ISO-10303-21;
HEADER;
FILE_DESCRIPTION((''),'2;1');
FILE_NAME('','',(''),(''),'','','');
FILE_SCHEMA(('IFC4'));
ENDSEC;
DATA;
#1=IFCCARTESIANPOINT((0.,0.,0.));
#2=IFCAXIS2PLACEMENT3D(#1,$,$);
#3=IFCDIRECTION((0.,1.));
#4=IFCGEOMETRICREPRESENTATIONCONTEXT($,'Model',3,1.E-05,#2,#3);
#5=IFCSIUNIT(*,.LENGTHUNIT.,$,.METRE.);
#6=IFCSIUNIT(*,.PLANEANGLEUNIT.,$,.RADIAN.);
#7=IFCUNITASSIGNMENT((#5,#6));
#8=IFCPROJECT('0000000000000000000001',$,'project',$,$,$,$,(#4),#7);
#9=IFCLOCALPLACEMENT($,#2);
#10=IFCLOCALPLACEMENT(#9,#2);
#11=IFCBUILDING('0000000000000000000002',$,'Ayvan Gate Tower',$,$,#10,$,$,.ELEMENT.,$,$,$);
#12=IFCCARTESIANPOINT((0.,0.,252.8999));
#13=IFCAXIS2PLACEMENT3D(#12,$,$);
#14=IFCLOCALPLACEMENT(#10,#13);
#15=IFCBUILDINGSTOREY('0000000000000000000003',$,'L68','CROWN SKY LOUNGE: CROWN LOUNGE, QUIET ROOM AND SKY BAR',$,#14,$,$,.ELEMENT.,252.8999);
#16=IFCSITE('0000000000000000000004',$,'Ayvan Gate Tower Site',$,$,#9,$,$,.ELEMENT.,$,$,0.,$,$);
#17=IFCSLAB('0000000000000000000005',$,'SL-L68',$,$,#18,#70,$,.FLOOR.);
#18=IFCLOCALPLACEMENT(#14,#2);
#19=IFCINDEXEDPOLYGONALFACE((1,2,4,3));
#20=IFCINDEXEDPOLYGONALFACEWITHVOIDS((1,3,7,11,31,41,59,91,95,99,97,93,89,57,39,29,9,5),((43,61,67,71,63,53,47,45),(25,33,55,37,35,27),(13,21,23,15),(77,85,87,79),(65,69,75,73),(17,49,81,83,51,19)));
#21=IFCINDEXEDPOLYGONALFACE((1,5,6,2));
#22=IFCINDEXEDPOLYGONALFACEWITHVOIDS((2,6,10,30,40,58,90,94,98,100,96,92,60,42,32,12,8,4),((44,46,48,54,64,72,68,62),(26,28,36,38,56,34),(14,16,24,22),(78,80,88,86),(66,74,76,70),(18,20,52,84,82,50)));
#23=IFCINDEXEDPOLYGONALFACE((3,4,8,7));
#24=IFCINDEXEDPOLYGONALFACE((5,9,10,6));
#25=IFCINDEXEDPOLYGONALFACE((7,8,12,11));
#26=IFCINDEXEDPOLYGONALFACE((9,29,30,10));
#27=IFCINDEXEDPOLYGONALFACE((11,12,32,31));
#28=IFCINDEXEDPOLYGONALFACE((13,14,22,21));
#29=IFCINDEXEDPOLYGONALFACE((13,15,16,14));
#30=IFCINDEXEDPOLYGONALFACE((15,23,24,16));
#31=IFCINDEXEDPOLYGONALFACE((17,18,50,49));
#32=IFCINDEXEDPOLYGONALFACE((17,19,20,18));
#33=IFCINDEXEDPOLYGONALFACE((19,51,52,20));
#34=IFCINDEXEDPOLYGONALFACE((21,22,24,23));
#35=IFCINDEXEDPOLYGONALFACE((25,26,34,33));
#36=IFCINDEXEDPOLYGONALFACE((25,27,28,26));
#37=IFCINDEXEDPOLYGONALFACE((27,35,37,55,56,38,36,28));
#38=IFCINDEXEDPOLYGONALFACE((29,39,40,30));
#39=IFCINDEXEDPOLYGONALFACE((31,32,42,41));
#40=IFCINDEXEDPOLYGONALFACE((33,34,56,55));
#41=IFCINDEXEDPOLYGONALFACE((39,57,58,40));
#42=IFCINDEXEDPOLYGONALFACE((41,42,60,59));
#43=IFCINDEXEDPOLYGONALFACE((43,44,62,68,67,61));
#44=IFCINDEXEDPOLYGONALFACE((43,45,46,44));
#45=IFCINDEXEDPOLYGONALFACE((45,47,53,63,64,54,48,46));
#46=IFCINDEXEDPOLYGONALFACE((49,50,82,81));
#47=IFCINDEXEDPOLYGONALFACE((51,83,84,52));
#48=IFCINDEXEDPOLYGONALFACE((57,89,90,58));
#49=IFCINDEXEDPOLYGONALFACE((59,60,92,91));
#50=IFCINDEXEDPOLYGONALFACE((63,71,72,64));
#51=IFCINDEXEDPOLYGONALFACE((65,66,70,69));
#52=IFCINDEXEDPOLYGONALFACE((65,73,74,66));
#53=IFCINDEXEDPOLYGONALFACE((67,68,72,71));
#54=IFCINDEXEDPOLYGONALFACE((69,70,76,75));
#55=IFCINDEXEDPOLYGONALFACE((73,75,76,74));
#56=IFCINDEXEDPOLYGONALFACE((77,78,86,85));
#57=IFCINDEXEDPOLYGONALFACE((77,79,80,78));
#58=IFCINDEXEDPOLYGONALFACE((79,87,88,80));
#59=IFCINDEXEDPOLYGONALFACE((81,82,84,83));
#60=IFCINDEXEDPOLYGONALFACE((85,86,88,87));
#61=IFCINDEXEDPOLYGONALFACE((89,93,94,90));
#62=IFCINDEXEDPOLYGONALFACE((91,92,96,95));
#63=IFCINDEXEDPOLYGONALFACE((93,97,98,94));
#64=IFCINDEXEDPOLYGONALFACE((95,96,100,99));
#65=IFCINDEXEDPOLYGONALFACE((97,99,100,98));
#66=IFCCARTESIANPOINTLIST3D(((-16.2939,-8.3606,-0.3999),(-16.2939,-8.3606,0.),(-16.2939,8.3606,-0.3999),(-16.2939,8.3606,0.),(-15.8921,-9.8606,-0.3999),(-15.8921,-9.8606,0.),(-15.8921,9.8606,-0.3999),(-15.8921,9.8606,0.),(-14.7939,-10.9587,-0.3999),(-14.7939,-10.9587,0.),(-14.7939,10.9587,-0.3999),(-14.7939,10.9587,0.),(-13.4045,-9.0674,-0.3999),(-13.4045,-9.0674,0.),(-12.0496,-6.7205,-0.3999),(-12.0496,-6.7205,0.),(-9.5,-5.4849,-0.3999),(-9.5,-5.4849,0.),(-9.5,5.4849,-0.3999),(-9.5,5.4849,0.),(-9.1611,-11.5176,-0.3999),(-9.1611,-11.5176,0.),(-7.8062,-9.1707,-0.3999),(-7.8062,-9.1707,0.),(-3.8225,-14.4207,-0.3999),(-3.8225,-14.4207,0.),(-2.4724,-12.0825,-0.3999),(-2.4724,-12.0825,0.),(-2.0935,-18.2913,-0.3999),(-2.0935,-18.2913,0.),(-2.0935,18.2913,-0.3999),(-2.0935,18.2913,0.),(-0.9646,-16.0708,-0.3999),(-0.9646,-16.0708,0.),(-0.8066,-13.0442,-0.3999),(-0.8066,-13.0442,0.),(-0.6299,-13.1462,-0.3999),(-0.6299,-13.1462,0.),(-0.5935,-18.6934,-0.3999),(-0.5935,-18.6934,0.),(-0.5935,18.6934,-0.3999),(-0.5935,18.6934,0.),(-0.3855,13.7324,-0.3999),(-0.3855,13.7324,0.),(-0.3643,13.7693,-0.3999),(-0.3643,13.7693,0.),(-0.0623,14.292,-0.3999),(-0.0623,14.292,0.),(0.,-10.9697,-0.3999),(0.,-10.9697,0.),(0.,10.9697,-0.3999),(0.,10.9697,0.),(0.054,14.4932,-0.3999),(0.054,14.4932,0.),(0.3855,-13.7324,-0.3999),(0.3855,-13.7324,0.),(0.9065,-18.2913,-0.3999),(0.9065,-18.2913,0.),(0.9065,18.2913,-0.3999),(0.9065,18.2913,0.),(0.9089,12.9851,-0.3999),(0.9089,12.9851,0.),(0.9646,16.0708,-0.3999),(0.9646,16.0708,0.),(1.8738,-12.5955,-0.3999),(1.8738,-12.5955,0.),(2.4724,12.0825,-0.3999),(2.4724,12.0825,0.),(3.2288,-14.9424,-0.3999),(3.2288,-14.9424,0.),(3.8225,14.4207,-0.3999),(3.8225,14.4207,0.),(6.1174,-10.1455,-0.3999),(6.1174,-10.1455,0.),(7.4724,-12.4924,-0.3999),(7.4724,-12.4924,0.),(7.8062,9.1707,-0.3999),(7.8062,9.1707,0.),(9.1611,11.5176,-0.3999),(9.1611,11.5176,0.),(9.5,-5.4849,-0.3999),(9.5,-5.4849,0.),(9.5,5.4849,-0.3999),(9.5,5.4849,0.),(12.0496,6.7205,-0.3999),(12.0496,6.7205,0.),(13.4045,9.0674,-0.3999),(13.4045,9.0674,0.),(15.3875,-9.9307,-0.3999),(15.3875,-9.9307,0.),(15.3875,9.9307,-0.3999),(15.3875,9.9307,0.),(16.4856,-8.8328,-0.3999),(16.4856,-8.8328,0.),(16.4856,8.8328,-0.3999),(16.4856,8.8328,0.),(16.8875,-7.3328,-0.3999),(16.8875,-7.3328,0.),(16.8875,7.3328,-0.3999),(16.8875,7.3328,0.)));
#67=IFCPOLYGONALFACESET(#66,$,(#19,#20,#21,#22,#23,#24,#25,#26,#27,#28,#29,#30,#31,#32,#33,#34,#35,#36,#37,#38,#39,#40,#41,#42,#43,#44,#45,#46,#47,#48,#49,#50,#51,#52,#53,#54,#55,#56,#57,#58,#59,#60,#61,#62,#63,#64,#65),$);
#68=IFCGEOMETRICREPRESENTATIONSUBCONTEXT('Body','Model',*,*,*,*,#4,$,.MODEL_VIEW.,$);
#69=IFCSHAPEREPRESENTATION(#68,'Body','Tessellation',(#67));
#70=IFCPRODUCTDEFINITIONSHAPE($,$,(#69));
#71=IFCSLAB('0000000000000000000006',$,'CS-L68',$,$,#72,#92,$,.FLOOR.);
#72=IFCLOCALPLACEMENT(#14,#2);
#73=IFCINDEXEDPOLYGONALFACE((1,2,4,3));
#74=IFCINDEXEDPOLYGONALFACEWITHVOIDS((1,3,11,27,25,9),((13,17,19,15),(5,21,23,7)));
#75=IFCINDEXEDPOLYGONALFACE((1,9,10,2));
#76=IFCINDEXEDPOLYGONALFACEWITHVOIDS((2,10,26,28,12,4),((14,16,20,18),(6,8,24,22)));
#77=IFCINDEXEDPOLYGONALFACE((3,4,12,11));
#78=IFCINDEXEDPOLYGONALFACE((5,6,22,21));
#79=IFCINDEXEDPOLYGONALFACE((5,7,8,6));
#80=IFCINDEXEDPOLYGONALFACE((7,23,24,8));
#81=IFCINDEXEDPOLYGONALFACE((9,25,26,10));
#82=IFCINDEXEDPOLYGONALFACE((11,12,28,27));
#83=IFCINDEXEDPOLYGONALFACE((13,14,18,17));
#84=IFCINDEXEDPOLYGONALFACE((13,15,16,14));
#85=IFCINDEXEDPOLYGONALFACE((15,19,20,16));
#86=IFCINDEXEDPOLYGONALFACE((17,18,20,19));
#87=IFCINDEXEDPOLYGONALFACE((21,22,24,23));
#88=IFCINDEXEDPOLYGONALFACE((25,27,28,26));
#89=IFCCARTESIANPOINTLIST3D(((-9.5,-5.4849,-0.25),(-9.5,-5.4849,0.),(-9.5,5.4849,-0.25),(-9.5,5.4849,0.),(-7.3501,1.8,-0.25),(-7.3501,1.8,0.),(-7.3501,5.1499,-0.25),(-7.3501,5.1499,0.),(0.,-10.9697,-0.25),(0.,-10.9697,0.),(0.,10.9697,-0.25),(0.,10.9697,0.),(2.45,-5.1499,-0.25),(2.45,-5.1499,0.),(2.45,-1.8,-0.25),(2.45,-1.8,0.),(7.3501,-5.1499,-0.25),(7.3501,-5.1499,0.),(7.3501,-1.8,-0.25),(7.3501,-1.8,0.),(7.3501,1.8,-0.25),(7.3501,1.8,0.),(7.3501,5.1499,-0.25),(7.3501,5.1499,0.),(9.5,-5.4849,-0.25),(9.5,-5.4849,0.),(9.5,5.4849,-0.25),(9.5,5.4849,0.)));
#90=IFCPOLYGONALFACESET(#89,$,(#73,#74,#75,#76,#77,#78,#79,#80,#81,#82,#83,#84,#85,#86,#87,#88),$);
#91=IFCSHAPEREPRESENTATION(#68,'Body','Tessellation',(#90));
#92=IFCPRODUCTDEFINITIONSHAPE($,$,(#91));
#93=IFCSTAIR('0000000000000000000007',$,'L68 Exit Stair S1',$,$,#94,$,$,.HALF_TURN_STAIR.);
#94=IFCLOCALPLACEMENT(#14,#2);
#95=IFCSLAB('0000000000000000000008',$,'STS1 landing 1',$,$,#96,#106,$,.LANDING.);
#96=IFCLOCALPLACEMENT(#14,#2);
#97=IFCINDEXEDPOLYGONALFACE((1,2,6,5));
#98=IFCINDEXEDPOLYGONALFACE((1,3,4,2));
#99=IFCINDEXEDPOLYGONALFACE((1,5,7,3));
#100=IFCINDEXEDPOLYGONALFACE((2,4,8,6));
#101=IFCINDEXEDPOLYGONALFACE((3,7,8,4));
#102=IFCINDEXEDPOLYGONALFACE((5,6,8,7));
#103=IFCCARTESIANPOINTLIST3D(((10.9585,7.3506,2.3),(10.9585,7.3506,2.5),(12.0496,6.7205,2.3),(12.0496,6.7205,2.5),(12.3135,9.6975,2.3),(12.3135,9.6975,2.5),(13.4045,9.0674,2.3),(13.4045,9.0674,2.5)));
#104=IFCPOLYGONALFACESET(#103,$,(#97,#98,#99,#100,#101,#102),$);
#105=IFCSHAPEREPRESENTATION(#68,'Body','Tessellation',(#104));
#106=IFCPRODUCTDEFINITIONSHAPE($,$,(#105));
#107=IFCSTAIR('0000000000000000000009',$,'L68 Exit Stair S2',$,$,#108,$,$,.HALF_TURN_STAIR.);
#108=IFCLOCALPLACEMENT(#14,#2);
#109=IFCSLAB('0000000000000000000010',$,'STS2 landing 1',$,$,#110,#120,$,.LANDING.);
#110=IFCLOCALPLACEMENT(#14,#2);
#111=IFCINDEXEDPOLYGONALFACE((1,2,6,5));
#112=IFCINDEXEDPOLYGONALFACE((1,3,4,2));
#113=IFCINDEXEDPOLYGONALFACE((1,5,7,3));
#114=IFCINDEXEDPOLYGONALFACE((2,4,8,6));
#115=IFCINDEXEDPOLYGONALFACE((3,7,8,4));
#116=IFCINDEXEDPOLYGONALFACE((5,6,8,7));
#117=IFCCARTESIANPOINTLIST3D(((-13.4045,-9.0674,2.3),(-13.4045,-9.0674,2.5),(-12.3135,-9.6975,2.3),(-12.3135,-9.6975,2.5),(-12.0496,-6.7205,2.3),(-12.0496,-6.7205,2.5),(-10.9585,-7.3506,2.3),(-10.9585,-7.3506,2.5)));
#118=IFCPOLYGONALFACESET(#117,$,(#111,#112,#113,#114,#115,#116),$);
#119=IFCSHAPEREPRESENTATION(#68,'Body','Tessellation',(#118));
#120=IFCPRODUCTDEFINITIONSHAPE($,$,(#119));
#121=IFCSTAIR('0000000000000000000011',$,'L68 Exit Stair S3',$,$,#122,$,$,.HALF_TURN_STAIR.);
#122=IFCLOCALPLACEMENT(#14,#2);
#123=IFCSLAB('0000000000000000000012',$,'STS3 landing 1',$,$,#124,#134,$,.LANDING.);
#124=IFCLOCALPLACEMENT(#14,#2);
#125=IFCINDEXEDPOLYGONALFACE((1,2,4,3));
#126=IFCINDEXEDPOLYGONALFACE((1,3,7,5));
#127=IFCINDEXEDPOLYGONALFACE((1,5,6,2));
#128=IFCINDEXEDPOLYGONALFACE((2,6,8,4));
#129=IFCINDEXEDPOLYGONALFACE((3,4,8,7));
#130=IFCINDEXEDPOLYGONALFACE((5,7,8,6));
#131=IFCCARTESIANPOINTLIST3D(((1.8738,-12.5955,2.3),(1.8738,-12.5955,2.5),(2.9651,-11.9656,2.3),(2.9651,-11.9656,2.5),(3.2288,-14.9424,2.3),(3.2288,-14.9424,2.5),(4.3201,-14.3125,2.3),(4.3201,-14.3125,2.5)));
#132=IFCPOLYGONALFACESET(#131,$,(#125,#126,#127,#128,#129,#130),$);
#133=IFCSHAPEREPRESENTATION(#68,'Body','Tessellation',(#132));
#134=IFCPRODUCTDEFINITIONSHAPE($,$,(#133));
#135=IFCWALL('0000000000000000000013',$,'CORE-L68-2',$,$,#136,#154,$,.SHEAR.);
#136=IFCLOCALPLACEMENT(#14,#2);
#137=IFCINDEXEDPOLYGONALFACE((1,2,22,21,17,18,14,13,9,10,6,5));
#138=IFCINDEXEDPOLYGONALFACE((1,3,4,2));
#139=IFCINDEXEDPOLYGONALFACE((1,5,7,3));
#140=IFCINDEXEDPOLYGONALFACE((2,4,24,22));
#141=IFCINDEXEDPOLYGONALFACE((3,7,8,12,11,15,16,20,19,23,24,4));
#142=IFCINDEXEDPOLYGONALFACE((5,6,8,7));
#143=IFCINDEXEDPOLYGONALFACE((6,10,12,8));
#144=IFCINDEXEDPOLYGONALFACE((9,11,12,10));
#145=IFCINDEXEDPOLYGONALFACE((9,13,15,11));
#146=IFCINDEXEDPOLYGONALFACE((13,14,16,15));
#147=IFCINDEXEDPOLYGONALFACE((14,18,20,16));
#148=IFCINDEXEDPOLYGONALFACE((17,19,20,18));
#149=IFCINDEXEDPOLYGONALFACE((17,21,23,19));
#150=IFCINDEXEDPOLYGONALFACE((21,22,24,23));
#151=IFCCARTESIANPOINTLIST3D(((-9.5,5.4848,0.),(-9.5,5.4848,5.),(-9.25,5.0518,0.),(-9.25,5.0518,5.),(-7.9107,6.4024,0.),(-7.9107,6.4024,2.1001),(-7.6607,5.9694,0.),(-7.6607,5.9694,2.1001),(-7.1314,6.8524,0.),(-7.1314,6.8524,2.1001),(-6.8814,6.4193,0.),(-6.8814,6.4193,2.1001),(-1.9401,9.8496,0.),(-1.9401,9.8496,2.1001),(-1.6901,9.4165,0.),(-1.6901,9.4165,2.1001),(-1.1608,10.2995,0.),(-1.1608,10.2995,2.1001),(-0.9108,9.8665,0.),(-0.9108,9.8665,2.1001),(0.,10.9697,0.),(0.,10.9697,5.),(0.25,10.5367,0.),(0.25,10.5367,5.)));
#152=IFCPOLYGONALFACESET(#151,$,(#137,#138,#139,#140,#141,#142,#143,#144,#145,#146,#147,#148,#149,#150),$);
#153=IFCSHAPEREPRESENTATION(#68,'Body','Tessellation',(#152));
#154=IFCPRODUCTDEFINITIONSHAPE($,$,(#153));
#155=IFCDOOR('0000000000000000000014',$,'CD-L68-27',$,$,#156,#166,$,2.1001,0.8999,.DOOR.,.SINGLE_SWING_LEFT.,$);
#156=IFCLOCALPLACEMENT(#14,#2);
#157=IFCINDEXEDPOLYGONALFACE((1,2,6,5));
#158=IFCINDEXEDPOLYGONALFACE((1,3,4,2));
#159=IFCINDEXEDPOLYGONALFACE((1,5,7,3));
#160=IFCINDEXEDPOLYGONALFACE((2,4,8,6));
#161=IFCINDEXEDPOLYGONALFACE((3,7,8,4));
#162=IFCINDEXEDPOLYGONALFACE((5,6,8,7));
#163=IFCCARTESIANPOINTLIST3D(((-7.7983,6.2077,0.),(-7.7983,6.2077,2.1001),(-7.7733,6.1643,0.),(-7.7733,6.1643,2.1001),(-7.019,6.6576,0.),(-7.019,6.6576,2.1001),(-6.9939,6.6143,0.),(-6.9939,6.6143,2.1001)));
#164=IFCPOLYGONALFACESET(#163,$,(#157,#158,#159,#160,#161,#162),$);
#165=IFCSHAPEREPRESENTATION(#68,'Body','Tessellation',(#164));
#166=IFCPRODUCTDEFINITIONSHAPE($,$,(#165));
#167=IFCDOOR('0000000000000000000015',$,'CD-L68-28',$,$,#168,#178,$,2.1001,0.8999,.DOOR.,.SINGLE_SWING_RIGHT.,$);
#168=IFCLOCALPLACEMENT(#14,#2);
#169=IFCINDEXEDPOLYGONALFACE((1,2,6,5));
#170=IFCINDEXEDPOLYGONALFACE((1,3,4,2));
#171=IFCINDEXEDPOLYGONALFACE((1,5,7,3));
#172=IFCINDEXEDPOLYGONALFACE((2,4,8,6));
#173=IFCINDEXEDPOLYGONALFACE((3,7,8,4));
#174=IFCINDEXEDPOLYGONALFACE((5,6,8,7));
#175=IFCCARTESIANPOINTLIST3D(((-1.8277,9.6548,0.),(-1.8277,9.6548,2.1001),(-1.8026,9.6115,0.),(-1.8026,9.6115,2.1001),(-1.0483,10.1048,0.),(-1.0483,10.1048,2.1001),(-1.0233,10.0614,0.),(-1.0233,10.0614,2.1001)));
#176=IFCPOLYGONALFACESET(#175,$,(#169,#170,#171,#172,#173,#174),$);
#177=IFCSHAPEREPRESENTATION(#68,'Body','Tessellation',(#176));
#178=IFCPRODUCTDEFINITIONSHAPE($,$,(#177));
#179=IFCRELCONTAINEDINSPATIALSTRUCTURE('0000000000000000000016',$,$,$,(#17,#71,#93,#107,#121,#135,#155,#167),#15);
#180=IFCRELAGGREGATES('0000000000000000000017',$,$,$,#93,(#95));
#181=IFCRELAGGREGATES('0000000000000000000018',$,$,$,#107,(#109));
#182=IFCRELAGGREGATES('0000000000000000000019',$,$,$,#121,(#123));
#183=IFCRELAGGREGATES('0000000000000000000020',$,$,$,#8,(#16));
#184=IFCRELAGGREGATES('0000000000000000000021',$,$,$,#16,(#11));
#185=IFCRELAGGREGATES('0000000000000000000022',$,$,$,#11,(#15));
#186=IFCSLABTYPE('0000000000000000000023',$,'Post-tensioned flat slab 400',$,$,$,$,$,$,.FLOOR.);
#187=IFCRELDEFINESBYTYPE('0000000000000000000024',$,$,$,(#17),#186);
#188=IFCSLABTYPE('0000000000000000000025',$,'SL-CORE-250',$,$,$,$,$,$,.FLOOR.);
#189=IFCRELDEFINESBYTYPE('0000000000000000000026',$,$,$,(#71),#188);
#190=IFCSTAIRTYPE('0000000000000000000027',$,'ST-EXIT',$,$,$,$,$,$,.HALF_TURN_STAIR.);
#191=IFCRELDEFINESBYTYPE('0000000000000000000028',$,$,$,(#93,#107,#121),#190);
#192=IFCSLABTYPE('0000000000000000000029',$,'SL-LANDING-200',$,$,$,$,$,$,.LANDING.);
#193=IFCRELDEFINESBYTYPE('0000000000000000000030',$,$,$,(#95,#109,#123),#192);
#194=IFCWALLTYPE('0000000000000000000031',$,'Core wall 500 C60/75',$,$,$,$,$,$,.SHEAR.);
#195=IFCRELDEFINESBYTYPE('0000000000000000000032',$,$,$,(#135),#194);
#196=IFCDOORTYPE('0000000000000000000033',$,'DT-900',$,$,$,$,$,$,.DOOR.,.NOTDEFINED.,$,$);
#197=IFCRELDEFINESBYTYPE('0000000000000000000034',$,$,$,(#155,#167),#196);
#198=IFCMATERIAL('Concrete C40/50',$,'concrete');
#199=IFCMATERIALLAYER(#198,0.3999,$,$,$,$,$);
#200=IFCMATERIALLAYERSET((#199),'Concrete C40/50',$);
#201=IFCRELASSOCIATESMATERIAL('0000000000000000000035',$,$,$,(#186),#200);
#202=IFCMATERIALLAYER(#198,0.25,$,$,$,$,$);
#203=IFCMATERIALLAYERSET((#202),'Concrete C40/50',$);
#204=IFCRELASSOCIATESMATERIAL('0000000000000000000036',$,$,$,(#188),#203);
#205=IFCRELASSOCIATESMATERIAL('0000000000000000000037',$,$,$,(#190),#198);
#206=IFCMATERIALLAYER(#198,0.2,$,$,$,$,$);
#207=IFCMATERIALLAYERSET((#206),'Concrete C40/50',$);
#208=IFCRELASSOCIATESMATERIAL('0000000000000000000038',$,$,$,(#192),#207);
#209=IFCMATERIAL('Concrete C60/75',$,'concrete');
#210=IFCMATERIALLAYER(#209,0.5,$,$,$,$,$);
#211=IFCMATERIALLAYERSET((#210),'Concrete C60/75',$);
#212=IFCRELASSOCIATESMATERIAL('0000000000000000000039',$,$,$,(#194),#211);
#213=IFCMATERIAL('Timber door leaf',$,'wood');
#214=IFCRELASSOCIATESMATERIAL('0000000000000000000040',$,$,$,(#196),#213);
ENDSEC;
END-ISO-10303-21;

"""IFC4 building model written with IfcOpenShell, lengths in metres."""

from ifc_helpers import new_model, si_unit, direction, frame, frame_2d, origin, place, context, subcontext, project, spatial, polyline, rectangle, outline, extrude, material, layer, layer_set, type_object, element, fill, aggregate, save


model = new_model("IFC4")

# Units and contexts
model_context = context("Model", 3, precision=1e-05, world=origin(), true_north=direction((0.0, 1.0)))
body_context = subcontext(model_context, "Body", "Model", "MODEL_VIEW")
ifc_project = project(units=[si_unit("LENGTHUNIT", "METRE"), si_unit("PLANEANGLEUNIT", "RADIAN")], contexts=[model_context])

# Site, building, storey
site_placement = place(None, origin())
site = spatial("IfcSite", under=ifc_project, at=site_placement, Name="Ayvan Gate Tower Site", CompositionType="ELEMENT", RefElevation=0.0)
building_placement = place(site_placement, origin())
building = spatial("IfcBuilding", under=site, at=building_placement, Name="Ayvan Gate Tower", CompositionType="ELEMENT")
storey_placement = place(building_placement, frame((0.0, 0.0, 252.8999)))
storey = spatial("IfcBuildingStorey", under=building, at=storey_placement, Name="L68", Description="CROWN SKY LOUNGE: CROWN LOUNGE, QUIET ROOM AND SKY BAR", CompositionType="ELEMENT", Elevation=252.8999)

# Slabs
ifc_material_1 = material(Name="Concrete C40/50", Category="concrete")
ifc_layer_1 = layer(ifc_material_1, 0.3999)
ifc_layer_set_1 = layer_set([ifc_layer_1], Name="Concrete C40/50")
slab_type_1 = type_object("IfcSlabType", Name="Post-tensioned flat slab 400", PredefinedType="FLOOR", material=ifc_layer_set_1)
slab_1_placement = place(storey_placement, frame((0.0, 0.0, -0.3999)))
element("IfcSlab", 1, at=slab_1_placement, inside=storey, type_object=slab_type_1, Name="SL-L68", PredefinedType="FLOOR", context=body_context, shape_type="SweptSolid", body=[
    extrude(outline(polyline([(0.9065, -18.2913), (-0.5935, -18.6934), (-2.0935, -18.2913), (-14.7939, -10.9587), (-15.8921, -9.8606), (-16.2939, -8.3606), (-16.2939, 8.3606), (-15.8921, 9.8606), (-14.7939, 10.9587), (-2.0935, 18.2913), (-0.5935, 18.6934), (0.9065, 18.2913), (15.3875, 9.9307), (16.4856, 8.8328), (16.8875, 7.3328), (16.8875, -7.3328), (16.4856, -8.8328), (15.3875, -9.9307), (0.9065, -18.2913)]), holes=[polyline([(12.0496, 6.7205), (13.4045, 9.0674), (9.1611, 11.5176), (7.8062, 9.1707), (12.0496, 6.7205)]), polyline([(9.5, 5.4849), (0.0, 10.9697), (-9.5, 5.4849), (-9.5, -5.4849), (0.0, -10.9697), (9.5, -5.4849), (9.5, 5.4849)]), polyline([(1.8738, -12.5955), (3.2288, -14.9424), (7.4724, -12.4924), (6.1174, -10.1455), (1.8738, -12.5955)]), polyline([(0.9089, 12.9851), (2.4724, 12.0825), (3.8225, 14.4207), (0.9646, 16.0708), (0.054, 14.4932), (-0.0623, 14.292), (-0.3643, 13.7693), (-0.3855, 13.7324), (0.9089, 12.9851)]), polyline([(0.3855, -13.7324), (-0.6299, -13.1462), (-0.8066, -13.0442), (-2.4724, -12.0825), (-3.8225, -14.4207), (-0.9646, -16.0708), (0.3855, -13.7324)]), polyline([(-9.1611, -11.5176), (-7.8062, -9.1707), (-12.0496, -6.7205), (-13.4045, -9.0674), (-9.1611, -11.5176)])]), origin(), (0.0, 0.0, 1.0), 0.3999),
])
ifc_layer_2 = layer(ifc_material_1, 0.25)
ifc_layer_set_2 = layer_set([ifc_layer_2], Name="Concrete C40/50")
slab_type_2 = type_object("IfcSlabType", Name="SL-CORE-250", PredefinedType="FLOOR", material=ifc_layer_set_2)
slab_2_placement = place(storey_placement, frame((0.0, 0.0, -0.25)))
element("IfcSlab", 2, at=slab_2_placement, inside=storey, type_object=slab_type_2, Name="CS-L68", PredefinedType="FLOOR", context=body_context, shape_type="SweptSolid", body=[
    extrude(outline(polyline([(9.5, -5.4849), (0.0, -10.9697), (-9.5, -5.4849), (-9.5, 5.4849), (0.0, 10.9697), (9.5, 5.4849), (9.5, -5.4849)]), holes=[polyline([(-7.3501, 5.1499), (-7.3501, 1.8), (7.3501, 1.8), (7.3501, 5.1499), (-7.3501, 5.1499)]), polyline([(2.45, -1.8), (2.45, -5.1499), (7.3501, -5.1499), (7.3501, -1.8), (2.45, -1.8)])]), origin(), (0.0, 0.0, 1.0), 0.25),
])

# Stairs, slabs
stair_type = type_object("IfcStairType", Name="ST-EXIT", PredefinedType="HALF_TURN_STAIR", material=ifc_material_1)
stair_1_placement = place(storey_placement, origin())
stair_1 = element("IfcStair", 3, at=stair_1_placement, inside=storey, type_object=stair_type, Name="L68 Exit Stair S1", PredefinedType="HALF_TURN_STAIR")
ifc_layer_3 = layer(ifc_material_1, 0.2)
ifc_layer_set_3 = layer_set([ifc_layer_3], Name="Concrete C40/50")
slab_type_3 = type_object("IfcSlabType", Name="SL-LANDING-200", PredefinedType="LANDING", material=ifc_layer_set_3)
slab_3_placement = place(storey_placement, frame((0.0, 0.0, 2.3)))
slab_3 = element("IfcSlab", 4, at=slab_3_placement, type_object=slab_type_3, Name="STS1 landing 1", PredefinedType="LANDING", context=body_context, shape_type="SweptSolid", body=[
    extrude(outline(polyline([(10.9585, 7.3506), (12.0496, 6.7205), (13.4045, 9.0674), (12.3135, 9.6975), (10.9585, 7.3506)])), origin(), (0.0, 0.0, 1.0), 0.2),
])
aggregate(stair_1, [slab_3])
stair_2_placement = place(storey_placement, origin())
stair_2 = element("IfcStair", 5, at=stair_2_placement, inside=storey, type_object=stair_type, Name="L68 Exit Stair S2", PredefinedType="HALF_TURN_STAIR")
slab_4_placement = place(storey_placement, frame((0.0, 0.0, 2.3)))
slab_4 = element("IfcSlab", 6, at=slab_4_placement, type_object=slab_type_3, Name="STS2 landing 1", PredefinedType="LANDING", context=body_context, shape_type="SweptSolid", body=[
    extrude(outline(polyline([(-10.9585, -7.3506), (-12.0496, -6.7205), (-13.4045, -9.0674), (-12.3135, -9.6975), (-10.9585, -7.3506)])), origin(), (0.0, 0.0, 1.0), 0.2),
])
aggregate(stair_2, [slab_4])
stair_3_placement = place(storey_placement, origin())
stair_3 = element("IfcStair", 7, at=stair_3_placement, inside=storey, type_object=stair_type, Name="L68 Exit Stair S3", PredefinedType="HALF_TURN_STAIR")
slab_5_placement = place(storey_placement, frame((0.0, 0.0, 2.3)))
slab_5 = element("IfcSlab", 8, at=slab_5_placement, type_object=slab_type_3, Name="STS3 landing 1", PredefinedType="LANDING", context=body_context, shape_type="SweptSolid", body=[
    extrude(outline(polyline([(2.9651, -11.9656), (1.8738, -12.5955), (3.2288, -14.9424), (4.3201, -14.3125), (2.9651, -11.9656)])), origin(), (0.0, 0.0, 1.0), 0.2),
])
aggregate(stair_3, [slab_5])

# Wall, openings, doors
ifc_material_2 = material(Name="Concrete C60/75", Category="concrete")
ifc_layer_4 = layer(ifc_material_2, 0.5)
ifc_layer_set_4 = layer_set([ifc_layer_4], Name="Concrete C60/75")
wall_type_1 = type_object("IfcWallType", Name="Core wall 500 C60/75", PredefinedType="SHEAR", material=ifc_layer_set_4)
wall_1_placement = place(storey_placement, frame((0.125, 10.7532, 0.0), z_axis=(0.0, 0.0, 1.0), x_axis=(-0.866024, -0.500002, 0.0)))
wall_1 = element("IfcWall", 9, at=wall_1_placement, inside=storey, type_object=wall_type_1, Name="CORE-L68-2", PredefinedType="SHEAR", context=body_context, shape_type="SweptSolid", body=[
    extrude(rectangle(XDim=10.9697, YDim=0.5, at=frame_2d((5.4849, 0.0))), origin(), (0.0, 0.0, 1.0), 5.0),
])
opening_1_placement = place(wall_1_placement, frame((8.2346, 0.0, 0.0)))
opening_1 = element("IfcOpeningElement", 10, at=opening_1_placement, cuts=wall_1, PredefinedType="OPENING", context=body_context, shape_type="SweptSolid", body=[
    extrude(rectangle(XDim=0.8999, YDim=2.1001, at=frame_2d((0.45, 1.05))), frame((0.0, 0.26, 0.0), z_axis=(0.0, -1.0, 0.0), x_axis=(1.0, 0.0, 0.0)), (0.0, 0.0, 1.0), 0.52),
])
opening_2_placement = place(wall_1_placement, frame((1.3403, 0.0, 0.0)))
opening_2 = element("IfcOpeningElement", 11, at=opening_2_placement, cuts=wall_1, PredefinedType="OPENING", context=body_context, shape_type="SweptSolid", body=[
    extrude(rectangle(XDim=0.8999, YDim=2.1001, at=frame_2d((0.45, 1.05))), frame((0.0, 0.26, 0.0), z_axis=(0.0, -1.0, 0.0), x_axis=(1.0, 0.0, 0.0)), (0.0, 0.0, 1.0), 0.52),
])
ifc_material_3 = material(Name="Timber door leaf", Category="wood")
door_type = type_object("IfcDoorType", Name="DT-900", OperationType="NOTDEFINED", PredefinedType="DOOR", material=ifc_material_3)
door_1_placement = place(opening_1_placement, origin())
door_1 = element("IfcDoor", 12, at=door_1_placement, inside=storey, type_object=door_type, Name="CD-L68-27", OperationType="SINGLE_SWING_LEFT", OverallHeight=2.1001, OverallWidth=0.8999, PredefinedType="DOOR", context=body_context, shape_type="SweptSolid", body=[
    extrude(rectangle(XDim=0.8999, YDim=2.1001, at=frame_2d((0.45, 1.05))), frame((0.0, 0.0249, 0.0), z_axis=(0.0, -1.0, 0.0), x_axis=(1.0, 0.0, 0.0)), (0.0, 0.0, 1.0), 0.05),
])
fill(opening_1, door_1)
door_2_placement = place(opening_2_placement, origin())
door_2 = element("IfcDoor", 13, at=door_2_placement, inside=storey, type_object=door_type, Name="CD-L68-28", OperationType="SINGLE_SWING_RIGHT", OverallHeight=2.1001, OverallWidth=0.8999, PredefinedType="DOOR", context=body_context, shape_type="SweptSolid", body=[
    extrude(rectangle(XDim=0.8999, YDim=2.1001, at=frame_2d((0.45, 1.05))), frame((0.0, 0.0249, 0.0), z_axis=(0.0, -1.0, 0.0), x_axis=(1.0, 0.0, 0.0)), (0.0, 0.0, 1.0), 0.05),
])
fill(opening_2, door_2)

save(model, "model.ifc")
